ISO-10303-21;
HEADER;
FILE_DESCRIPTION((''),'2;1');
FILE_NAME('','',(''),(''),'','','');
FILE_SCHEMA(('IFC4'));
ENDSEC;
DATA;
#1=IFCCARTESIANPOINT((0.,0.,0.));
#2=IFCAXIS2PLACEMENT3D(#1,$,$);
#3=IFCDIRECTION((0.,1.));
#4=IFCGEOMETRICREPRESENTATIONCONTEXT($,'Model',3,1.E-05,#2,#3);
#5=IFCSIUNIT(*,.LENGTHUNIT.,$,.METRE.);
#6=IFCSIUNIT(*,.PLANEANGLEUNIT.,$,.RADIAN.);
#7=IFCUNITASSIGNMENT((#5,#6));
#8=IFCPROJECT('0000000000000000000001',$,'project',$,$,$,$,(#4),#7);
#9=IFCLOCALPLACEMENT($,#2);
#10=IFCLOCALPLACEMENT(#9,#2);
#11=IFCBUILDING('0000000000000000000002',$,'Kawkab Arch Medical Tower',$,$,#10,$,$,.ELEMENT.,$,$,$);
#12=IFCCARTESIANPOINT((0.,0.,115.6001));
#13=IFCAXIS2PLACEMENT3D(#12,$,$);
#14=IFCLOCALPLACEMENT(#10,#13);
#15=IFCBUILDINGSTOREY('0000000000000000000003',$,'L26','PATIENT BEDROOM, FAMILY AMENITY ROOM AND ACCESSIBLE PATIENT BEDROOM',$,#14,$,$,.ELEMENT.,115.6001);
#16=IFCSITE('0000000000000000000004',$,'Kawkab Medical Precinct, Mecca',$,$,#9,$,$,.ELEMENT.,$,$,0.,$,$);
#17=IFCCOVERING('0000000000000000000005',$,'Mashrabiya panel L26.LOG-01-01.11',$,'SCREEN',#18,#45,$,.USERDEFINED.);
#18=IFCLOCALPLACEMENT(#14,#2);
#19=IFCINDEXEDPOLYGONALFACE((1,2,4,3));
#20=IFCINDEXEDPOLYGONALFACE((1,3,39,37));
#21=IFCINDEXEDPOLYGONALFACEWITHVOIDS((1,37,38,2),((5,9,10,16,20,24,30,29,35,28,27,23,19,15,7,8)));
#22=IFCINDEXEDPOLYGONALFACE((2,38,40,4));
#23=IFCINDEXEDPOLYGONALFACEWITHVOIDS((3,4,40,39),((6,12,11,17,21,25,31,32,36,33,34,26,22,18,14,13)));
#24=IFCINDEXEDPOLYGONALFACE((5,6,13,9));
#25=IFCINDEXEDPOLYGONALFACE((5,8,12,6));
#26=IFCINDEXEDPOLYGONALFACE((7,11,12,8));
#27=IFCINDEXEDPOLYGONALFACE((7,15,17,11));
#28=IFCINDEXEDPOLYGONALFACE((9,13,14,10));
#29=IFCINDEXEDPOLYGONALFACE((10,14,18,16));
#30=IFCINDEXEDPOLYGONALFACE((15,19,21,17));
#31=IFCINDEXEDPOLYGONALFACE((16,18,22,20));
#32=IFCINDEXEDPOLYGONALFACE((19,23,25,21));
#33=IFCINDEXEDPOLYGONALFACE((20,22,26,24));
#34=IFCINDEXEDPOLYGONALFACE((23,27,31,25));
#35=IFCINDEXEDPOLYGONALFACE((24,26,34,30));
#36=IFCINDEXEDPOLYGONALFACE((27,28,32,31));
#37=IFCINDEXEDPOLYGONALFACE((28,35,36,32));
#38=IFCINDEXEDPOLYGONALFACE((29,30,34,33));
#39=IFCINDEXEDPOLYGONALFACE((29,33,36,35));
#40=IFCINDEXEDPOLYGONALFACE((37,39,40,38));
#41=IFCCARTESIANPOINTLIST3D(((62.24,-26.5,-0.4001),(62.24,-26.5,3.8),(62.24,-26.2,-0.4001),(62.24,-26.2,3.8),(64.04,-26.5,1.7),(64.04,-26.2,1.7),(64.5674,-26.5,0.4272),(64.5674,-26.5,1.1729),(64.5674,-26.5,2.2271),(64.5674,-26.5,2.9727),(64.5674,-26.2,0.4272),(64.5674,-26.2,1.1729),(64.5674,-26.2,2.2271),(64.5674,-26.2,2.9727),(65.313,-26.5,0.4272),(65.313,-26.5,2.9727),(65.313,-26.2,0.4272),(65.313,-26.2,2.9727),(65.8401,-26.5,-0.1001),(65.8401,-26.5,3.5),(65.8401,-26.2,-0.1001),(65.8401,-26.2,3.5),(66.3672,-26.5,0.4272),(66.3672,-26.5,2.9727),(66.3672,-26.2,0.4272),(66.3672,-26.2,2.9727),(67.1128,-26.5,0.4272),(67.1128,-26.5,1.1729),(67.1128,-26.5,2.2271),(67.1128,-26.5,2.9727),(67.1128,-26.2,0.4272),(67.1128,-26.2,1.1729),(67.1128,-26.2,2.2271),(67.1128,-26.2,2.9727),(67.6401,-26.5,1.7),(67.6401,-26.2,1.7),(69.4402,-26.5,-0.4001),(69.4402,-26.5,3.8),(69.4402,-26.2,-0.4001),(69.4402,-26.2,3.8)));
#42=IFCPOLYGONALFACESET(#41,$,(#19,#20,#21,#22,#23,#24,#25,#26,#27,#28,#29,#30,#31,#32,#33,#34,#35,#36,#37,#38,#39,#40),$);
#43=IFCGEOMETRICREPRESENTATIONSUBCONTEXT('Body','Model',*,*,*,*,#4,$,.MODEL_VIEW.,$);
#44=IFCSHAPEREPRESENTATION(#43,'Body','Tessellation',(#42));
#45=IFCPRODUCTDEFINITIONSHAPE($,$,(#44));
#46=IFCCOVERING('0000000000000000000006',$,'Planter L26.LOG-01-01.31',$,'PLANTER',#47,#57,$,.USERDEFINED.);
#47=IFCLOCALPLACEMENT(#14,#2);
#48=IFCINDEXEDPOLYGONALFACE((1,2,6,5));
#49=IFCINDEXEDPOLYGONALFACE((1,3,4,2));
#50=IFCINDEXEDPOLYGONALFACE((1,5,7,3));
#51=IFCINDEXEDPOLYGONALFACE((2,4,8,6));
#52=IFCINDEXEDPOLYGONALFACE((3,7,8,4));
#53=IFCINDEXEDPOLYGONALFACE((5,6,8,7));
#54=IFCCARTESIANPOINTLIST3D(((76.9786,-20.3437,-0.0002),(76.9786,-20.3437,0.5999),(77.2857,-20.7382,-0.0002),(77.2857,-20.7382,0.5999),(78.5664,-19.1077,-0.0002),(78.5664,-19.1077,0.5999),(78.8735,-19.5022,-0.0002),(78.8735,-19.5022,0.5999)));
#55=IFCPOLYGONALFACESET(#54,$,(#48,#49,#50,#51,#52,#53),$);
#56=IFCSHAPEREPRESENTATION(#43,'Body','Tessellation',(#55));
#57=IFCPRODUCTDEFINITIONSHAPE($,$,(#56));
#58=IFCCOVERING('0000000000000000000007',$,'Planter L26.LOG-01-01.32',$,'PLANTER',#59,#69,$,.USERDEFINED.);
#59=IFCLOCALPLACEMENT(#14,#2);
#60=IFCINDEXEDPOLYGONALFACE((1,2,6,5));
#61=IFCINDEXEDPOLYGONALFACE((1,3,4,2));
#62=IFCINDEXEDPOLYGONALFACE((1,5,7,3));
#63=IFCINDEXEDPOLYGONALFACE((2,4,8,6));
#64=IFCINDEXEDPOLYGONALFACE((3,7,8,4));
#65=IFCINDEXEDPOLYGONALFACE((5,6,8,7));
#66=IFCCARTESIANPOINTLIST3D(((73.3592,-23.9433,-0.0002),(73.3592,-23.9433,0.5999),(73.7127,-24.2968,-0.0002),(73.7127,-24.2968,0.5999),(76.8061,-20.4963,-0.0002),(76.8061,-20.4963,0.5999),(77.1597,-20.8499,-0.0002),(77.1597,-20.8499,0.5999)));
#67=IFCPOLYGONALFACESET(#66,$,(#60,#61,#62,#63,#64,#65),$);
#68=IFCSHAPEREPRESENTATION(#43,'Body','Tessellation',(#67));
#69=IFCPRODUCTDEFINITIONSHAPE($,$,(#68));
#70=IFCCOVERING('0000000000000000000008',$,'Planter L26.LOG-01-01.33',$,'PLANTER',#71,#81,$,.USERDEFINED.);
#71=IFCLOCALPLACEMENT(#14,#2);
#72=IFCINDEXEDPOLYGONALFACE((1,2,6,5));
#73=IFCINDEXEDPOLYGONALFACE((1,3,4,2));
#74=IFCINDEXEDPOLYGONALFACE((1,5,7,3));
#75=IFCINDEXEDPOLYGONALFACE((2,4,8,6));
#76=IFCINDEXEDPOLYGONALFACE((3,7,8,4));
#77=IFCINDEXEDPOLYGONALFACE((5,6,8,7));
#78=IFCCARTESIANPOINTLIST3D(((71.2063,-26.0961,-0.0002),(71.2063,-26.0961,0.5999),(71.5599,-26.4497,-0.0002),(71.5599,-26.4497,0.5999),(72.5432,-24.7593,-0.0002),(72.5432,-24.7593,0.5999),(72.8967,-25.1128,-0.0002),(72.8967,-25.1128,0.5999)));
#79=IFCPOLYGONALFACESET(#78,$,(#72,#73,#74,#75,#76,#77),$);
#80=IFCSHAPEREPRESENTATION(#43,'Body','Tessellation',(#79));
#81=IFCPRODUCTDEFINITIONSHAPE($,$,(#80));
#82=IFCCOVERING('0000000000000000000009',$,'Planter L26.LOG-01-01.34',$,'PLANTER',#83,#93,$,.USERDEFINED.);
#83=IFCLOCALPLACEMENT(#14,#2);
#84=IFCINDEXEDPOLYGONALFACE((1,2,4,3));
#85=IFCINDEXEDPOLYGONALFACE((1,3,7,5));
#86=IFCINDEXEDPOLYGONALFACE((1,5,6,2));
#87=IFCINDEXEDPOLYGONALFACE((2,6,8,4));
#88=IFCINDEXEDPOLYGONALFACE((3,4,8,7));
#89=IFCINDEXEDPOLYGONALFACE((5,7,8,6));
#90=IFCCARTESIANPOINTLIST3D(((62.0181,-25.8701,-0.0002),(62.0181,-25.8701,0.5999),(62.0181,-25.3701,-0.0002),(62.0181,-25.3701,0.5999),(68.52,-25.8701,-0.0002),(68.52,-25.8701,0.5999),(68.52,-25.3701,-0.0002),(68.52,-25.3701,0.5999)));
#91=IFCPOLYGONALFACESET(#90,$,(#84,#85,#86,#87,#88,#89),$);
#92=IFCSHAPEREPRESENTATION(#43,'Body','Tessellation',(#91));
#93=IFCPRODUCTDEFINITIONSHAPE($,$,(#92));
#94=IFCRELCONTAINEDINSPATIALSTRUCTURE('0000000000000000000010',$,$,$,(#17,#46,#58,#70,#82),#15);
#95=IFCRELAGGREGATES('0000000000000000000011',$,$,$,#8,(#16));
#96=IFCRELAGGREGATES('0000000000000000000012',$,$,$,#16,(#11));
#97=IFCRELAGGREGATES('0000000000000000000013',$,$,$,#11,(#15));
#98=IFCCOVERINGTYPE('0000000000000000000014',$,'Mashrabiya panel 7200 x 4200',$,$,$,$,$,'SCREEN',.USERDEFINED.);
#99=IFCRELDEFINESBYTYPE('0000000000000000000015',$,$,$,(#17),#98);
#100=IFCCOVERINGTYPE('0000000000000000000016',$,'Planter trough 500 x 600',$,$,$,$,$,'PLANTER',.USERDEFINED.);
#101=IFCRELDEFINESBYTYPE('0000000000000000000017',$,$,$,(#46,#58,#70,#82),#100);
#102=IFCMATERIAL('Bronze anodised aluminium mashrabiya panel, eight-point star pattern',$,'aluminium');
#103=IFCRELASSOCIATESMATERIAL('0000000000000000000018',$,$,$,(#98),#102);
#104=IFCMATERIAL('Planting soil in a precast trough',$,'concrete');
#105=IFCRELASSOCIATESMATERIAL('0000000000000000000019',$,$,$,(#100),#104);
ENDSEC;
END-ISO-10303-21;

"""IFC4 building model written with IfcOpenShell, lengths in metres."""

from ifc_helpers import new_model, si_unit, direction, frame, origin, origin_2d, place, context, subcontext, project, spatial, polyline, rectangle, outline, extrude, material, material_profile, profile_set, type_object, element, save


model = new_model("IFC4")

# Units and contexts
model_context = context("Model", 3, precision=1e-05, world=origin(), true_north=direction((0.0, 1.0)))
body_context = subcontext(model_context, "Body", "Model", "MODEL_VIEW")
ifc_project = project(units=[si_unit("LENGTHUNIT", "METRE"), si_unit("PLANEANGLEUNIT", "RADIAN")], contexts=[model_context])

# Site, building, storey
site_placement = place(None, origin())
site = spatial("IfcSite", under=ifc_project, at=site_placement, Name="Kawkab Medical Precinct, Mecca", CompositionType="ELEMENT", RefElevation=0.0)
building_placement = place(site_placement, origin())
building = spatial("IfcBuilding", under=site, at=building_placement, Name="Kawkab Arch Medical Tower", CompositionType="ELEMENT")
storey_placement = place(building_placement, frame((0.0, 0.0, 115.6001)))
storey = spatial("IfcBuildingStorey", under=building, at=storey_placement, Name="L26", Description="PATIENT BEDROOM, FAMILY AMENITY ROOM AND ACCESSIBLE PATIENT BEDROOM", CompositionType="ELEMENT", Elevation=115.6001)

# Coverings
ifc_material_1 = material(Name="Bronze anodised aluminium mashrabiya panel, eight-point star pattern", Category="aluminium")
ifc_material_profile_1 = material_profile(ifc_material_1, outline(polyline([(-3.6001, -2.1001), (3.6001, -2.1001), (3.6001, 2.1001), (-3.6001, 2.1001), (-3.6001, -2.1001)]), holes=[polyline([(1.8, 0.0), (1.2727, 0.5271), (1.2727, 1.2727), (0.5271, 1.2727), (0.0, 1.8), (-0.5271, 1.2727), (-1.2727, 1.2727), (-1.2727, 0.5271), (-1.8, 0.0), (-1.2727, -0.5271), (-1.2727, -1.2727), (-0.5271, -1.2727), (0.0, -1.8), (0.5271, -1.2727), (1.2727, -1.2727), (1.2727, -0.5271), (1.8, 0.0)])]), Name="Mashrabiya panel 7200x4200")
ifc_profile_set_1 = profile_set([ifc_material_profile_1], Name="Bronze anodised aluminium mashrabiya panel, eight-point star pattern")
covering_type_1 = type_object("IfcCoveringType", Name="Mashrabiya panel 7200 x 4200", ElementType="SCREEN", PredefinedType="USERDEFINED", material=ifc_profile_set_1)
covering_1_placement = place(storey_placement, frame((65.8401, -26.2, 1.7), z_axis=(0.0, -1.0, 0.0), x_axis=(1.0, 0.0, 0.0)))
element("IfcCovering", 1, at=covering_1_placement, inside=storey, type_object=covering_type_1, Name="Mashrabiya panel L26.LOG-01-01.11", ObjectType="SCREEN", PredefinedType="USERDEFINED", context=body_context, shape_type="SweptSolid", body=[
    extrude(outline(polyline([(-3.6001, -2.1001), (3.6001, -2.1001), (3.6001, 2.1001), (-3.6001, 2.1001), (-3.6001, -2.1001)]), holes=[polyline([(1.8, 0.0), (1.2727, 0.5271), (1.2727, 1.2727), (0.5271, 1.2727), (0.0, 1.8), (-0.5271, 1.2727), (-1.2727, 1.2727), (-1.2727, 0.5271), (-1.8, 0.0), (-1.2727, -0.5271), (-1.2727, -1.2727), (-0.5271, -1.2727), (0.0, -1.8), (0.5271, -1.2727), (1.2727, -1.2727), (1.2727, -0.5271), (1.8, 0.0)])]), origin(), (0.0, 0.0, 1.0), 0.3),
])
ifc_material_2 = material(Name="Planting soil in a precast trough", Category="concrete")
ifc_material_profile_2 = material_profile(ifc_material_2, rectangle(XDim=0.5, YDim=0.6001, at=origin_2d()), Name="Trough 500x600")
ifc_profile_set_2 = profile_set([ifc_material_profile_2], Name="Planting soil in a precast trough")
covering_type_2 = type_object("IfcCoveringType", Name="Planter trough 500 x 600", ElementType="PLANTER", PredefinedType="USERDEFINED", material=ifc_profile_set_2)
covering_2_placement = place(storey_placement, frame((78.72, -19.3049, 0.2998), z_axis=(-0.789097, -0.614268, 0.0), x_axis=(0.614268, -0.789097, 0.0)))
element("IfcCovering", 2, at=covering_2_placement, inside=storey, type_object=covering_type_2, Name="Planter L26.LOG-01-01.31", ObjectType="PLANTER", PredefinedType="USERDEFINED", context=body_context, shape_type="SweptSolid", body=[
    extrude(rectangle(XDim=0.5, YDim=0.6001, at=origin_2d()), origin(), (0.0, 0.0, 1.0), 2.0122),
])
covering_3_placement = place(storey_placement, frame((76.9829, -20.6731, 0.2998), z_axis=(-0.707107, -0.707107, 0.0), x_axis=(0.707107, -0.707107, 0.0)))
element("IfcCovering", 3, at=covering_3_placement, inside=storey, type_object=covering_type_2, Name="Planter L26.LOG-01-01.32", ObjectType="PLANTER", PredefinedType="USERDEFINED", context=body_context, shape_type="SweptSolid", body=[
    extrude(rectangle(XDim=0.5, YDim=0.6001, at=origin_2d()), origin(), (0.0, 0.0, 1.0), 4.8748),
])
covering_4_placement = place(storey_placement, frame((72.72, -24.936, 0.2998), z_axis=(-0.707107, -0.707107, 0.0), x_axis=(0.707107, -0.707107, 0.0)))
element("IfcCovering", 4, at=covering_4_placement, inside=storey, type_object=covering_type_2, Name="Planter L26.LOG-01-01.33", ObjectType="PLANTER", PredefinedType="USERDEFINED", context=body_context, shape_type="SweptSolid", body=[
    extrude(rectangle(XDim=0.5, YDim=0.6001, at=origin_2d()), origin(), (0.0, 0.0, 1.0), 1.8906),
])
covering_5_placement = place(storey_placement, frame((68.52, -25.6201, 0.2998), z_axis=(-1.0, 0.0, 0.0), x_axis=(0.0, -1.0, 0.0)))
element("IfcCovering", 5, at=covering_5_placement, inside=storey, type_object=covering_type_2, Name="Planter L26.LOG-01-01.34", ObjectType="PLANTER", PredefinedType="USERDEFINED", context=body_context, shape_type="SweptSolid", body=[
    extrude(rectangle(XDim=0.5, YDim=0.6001, at=origin_2d()), origin(), (0.0, 0.0, 1.0), 6.502),
])

save(model, "model.ifc")
